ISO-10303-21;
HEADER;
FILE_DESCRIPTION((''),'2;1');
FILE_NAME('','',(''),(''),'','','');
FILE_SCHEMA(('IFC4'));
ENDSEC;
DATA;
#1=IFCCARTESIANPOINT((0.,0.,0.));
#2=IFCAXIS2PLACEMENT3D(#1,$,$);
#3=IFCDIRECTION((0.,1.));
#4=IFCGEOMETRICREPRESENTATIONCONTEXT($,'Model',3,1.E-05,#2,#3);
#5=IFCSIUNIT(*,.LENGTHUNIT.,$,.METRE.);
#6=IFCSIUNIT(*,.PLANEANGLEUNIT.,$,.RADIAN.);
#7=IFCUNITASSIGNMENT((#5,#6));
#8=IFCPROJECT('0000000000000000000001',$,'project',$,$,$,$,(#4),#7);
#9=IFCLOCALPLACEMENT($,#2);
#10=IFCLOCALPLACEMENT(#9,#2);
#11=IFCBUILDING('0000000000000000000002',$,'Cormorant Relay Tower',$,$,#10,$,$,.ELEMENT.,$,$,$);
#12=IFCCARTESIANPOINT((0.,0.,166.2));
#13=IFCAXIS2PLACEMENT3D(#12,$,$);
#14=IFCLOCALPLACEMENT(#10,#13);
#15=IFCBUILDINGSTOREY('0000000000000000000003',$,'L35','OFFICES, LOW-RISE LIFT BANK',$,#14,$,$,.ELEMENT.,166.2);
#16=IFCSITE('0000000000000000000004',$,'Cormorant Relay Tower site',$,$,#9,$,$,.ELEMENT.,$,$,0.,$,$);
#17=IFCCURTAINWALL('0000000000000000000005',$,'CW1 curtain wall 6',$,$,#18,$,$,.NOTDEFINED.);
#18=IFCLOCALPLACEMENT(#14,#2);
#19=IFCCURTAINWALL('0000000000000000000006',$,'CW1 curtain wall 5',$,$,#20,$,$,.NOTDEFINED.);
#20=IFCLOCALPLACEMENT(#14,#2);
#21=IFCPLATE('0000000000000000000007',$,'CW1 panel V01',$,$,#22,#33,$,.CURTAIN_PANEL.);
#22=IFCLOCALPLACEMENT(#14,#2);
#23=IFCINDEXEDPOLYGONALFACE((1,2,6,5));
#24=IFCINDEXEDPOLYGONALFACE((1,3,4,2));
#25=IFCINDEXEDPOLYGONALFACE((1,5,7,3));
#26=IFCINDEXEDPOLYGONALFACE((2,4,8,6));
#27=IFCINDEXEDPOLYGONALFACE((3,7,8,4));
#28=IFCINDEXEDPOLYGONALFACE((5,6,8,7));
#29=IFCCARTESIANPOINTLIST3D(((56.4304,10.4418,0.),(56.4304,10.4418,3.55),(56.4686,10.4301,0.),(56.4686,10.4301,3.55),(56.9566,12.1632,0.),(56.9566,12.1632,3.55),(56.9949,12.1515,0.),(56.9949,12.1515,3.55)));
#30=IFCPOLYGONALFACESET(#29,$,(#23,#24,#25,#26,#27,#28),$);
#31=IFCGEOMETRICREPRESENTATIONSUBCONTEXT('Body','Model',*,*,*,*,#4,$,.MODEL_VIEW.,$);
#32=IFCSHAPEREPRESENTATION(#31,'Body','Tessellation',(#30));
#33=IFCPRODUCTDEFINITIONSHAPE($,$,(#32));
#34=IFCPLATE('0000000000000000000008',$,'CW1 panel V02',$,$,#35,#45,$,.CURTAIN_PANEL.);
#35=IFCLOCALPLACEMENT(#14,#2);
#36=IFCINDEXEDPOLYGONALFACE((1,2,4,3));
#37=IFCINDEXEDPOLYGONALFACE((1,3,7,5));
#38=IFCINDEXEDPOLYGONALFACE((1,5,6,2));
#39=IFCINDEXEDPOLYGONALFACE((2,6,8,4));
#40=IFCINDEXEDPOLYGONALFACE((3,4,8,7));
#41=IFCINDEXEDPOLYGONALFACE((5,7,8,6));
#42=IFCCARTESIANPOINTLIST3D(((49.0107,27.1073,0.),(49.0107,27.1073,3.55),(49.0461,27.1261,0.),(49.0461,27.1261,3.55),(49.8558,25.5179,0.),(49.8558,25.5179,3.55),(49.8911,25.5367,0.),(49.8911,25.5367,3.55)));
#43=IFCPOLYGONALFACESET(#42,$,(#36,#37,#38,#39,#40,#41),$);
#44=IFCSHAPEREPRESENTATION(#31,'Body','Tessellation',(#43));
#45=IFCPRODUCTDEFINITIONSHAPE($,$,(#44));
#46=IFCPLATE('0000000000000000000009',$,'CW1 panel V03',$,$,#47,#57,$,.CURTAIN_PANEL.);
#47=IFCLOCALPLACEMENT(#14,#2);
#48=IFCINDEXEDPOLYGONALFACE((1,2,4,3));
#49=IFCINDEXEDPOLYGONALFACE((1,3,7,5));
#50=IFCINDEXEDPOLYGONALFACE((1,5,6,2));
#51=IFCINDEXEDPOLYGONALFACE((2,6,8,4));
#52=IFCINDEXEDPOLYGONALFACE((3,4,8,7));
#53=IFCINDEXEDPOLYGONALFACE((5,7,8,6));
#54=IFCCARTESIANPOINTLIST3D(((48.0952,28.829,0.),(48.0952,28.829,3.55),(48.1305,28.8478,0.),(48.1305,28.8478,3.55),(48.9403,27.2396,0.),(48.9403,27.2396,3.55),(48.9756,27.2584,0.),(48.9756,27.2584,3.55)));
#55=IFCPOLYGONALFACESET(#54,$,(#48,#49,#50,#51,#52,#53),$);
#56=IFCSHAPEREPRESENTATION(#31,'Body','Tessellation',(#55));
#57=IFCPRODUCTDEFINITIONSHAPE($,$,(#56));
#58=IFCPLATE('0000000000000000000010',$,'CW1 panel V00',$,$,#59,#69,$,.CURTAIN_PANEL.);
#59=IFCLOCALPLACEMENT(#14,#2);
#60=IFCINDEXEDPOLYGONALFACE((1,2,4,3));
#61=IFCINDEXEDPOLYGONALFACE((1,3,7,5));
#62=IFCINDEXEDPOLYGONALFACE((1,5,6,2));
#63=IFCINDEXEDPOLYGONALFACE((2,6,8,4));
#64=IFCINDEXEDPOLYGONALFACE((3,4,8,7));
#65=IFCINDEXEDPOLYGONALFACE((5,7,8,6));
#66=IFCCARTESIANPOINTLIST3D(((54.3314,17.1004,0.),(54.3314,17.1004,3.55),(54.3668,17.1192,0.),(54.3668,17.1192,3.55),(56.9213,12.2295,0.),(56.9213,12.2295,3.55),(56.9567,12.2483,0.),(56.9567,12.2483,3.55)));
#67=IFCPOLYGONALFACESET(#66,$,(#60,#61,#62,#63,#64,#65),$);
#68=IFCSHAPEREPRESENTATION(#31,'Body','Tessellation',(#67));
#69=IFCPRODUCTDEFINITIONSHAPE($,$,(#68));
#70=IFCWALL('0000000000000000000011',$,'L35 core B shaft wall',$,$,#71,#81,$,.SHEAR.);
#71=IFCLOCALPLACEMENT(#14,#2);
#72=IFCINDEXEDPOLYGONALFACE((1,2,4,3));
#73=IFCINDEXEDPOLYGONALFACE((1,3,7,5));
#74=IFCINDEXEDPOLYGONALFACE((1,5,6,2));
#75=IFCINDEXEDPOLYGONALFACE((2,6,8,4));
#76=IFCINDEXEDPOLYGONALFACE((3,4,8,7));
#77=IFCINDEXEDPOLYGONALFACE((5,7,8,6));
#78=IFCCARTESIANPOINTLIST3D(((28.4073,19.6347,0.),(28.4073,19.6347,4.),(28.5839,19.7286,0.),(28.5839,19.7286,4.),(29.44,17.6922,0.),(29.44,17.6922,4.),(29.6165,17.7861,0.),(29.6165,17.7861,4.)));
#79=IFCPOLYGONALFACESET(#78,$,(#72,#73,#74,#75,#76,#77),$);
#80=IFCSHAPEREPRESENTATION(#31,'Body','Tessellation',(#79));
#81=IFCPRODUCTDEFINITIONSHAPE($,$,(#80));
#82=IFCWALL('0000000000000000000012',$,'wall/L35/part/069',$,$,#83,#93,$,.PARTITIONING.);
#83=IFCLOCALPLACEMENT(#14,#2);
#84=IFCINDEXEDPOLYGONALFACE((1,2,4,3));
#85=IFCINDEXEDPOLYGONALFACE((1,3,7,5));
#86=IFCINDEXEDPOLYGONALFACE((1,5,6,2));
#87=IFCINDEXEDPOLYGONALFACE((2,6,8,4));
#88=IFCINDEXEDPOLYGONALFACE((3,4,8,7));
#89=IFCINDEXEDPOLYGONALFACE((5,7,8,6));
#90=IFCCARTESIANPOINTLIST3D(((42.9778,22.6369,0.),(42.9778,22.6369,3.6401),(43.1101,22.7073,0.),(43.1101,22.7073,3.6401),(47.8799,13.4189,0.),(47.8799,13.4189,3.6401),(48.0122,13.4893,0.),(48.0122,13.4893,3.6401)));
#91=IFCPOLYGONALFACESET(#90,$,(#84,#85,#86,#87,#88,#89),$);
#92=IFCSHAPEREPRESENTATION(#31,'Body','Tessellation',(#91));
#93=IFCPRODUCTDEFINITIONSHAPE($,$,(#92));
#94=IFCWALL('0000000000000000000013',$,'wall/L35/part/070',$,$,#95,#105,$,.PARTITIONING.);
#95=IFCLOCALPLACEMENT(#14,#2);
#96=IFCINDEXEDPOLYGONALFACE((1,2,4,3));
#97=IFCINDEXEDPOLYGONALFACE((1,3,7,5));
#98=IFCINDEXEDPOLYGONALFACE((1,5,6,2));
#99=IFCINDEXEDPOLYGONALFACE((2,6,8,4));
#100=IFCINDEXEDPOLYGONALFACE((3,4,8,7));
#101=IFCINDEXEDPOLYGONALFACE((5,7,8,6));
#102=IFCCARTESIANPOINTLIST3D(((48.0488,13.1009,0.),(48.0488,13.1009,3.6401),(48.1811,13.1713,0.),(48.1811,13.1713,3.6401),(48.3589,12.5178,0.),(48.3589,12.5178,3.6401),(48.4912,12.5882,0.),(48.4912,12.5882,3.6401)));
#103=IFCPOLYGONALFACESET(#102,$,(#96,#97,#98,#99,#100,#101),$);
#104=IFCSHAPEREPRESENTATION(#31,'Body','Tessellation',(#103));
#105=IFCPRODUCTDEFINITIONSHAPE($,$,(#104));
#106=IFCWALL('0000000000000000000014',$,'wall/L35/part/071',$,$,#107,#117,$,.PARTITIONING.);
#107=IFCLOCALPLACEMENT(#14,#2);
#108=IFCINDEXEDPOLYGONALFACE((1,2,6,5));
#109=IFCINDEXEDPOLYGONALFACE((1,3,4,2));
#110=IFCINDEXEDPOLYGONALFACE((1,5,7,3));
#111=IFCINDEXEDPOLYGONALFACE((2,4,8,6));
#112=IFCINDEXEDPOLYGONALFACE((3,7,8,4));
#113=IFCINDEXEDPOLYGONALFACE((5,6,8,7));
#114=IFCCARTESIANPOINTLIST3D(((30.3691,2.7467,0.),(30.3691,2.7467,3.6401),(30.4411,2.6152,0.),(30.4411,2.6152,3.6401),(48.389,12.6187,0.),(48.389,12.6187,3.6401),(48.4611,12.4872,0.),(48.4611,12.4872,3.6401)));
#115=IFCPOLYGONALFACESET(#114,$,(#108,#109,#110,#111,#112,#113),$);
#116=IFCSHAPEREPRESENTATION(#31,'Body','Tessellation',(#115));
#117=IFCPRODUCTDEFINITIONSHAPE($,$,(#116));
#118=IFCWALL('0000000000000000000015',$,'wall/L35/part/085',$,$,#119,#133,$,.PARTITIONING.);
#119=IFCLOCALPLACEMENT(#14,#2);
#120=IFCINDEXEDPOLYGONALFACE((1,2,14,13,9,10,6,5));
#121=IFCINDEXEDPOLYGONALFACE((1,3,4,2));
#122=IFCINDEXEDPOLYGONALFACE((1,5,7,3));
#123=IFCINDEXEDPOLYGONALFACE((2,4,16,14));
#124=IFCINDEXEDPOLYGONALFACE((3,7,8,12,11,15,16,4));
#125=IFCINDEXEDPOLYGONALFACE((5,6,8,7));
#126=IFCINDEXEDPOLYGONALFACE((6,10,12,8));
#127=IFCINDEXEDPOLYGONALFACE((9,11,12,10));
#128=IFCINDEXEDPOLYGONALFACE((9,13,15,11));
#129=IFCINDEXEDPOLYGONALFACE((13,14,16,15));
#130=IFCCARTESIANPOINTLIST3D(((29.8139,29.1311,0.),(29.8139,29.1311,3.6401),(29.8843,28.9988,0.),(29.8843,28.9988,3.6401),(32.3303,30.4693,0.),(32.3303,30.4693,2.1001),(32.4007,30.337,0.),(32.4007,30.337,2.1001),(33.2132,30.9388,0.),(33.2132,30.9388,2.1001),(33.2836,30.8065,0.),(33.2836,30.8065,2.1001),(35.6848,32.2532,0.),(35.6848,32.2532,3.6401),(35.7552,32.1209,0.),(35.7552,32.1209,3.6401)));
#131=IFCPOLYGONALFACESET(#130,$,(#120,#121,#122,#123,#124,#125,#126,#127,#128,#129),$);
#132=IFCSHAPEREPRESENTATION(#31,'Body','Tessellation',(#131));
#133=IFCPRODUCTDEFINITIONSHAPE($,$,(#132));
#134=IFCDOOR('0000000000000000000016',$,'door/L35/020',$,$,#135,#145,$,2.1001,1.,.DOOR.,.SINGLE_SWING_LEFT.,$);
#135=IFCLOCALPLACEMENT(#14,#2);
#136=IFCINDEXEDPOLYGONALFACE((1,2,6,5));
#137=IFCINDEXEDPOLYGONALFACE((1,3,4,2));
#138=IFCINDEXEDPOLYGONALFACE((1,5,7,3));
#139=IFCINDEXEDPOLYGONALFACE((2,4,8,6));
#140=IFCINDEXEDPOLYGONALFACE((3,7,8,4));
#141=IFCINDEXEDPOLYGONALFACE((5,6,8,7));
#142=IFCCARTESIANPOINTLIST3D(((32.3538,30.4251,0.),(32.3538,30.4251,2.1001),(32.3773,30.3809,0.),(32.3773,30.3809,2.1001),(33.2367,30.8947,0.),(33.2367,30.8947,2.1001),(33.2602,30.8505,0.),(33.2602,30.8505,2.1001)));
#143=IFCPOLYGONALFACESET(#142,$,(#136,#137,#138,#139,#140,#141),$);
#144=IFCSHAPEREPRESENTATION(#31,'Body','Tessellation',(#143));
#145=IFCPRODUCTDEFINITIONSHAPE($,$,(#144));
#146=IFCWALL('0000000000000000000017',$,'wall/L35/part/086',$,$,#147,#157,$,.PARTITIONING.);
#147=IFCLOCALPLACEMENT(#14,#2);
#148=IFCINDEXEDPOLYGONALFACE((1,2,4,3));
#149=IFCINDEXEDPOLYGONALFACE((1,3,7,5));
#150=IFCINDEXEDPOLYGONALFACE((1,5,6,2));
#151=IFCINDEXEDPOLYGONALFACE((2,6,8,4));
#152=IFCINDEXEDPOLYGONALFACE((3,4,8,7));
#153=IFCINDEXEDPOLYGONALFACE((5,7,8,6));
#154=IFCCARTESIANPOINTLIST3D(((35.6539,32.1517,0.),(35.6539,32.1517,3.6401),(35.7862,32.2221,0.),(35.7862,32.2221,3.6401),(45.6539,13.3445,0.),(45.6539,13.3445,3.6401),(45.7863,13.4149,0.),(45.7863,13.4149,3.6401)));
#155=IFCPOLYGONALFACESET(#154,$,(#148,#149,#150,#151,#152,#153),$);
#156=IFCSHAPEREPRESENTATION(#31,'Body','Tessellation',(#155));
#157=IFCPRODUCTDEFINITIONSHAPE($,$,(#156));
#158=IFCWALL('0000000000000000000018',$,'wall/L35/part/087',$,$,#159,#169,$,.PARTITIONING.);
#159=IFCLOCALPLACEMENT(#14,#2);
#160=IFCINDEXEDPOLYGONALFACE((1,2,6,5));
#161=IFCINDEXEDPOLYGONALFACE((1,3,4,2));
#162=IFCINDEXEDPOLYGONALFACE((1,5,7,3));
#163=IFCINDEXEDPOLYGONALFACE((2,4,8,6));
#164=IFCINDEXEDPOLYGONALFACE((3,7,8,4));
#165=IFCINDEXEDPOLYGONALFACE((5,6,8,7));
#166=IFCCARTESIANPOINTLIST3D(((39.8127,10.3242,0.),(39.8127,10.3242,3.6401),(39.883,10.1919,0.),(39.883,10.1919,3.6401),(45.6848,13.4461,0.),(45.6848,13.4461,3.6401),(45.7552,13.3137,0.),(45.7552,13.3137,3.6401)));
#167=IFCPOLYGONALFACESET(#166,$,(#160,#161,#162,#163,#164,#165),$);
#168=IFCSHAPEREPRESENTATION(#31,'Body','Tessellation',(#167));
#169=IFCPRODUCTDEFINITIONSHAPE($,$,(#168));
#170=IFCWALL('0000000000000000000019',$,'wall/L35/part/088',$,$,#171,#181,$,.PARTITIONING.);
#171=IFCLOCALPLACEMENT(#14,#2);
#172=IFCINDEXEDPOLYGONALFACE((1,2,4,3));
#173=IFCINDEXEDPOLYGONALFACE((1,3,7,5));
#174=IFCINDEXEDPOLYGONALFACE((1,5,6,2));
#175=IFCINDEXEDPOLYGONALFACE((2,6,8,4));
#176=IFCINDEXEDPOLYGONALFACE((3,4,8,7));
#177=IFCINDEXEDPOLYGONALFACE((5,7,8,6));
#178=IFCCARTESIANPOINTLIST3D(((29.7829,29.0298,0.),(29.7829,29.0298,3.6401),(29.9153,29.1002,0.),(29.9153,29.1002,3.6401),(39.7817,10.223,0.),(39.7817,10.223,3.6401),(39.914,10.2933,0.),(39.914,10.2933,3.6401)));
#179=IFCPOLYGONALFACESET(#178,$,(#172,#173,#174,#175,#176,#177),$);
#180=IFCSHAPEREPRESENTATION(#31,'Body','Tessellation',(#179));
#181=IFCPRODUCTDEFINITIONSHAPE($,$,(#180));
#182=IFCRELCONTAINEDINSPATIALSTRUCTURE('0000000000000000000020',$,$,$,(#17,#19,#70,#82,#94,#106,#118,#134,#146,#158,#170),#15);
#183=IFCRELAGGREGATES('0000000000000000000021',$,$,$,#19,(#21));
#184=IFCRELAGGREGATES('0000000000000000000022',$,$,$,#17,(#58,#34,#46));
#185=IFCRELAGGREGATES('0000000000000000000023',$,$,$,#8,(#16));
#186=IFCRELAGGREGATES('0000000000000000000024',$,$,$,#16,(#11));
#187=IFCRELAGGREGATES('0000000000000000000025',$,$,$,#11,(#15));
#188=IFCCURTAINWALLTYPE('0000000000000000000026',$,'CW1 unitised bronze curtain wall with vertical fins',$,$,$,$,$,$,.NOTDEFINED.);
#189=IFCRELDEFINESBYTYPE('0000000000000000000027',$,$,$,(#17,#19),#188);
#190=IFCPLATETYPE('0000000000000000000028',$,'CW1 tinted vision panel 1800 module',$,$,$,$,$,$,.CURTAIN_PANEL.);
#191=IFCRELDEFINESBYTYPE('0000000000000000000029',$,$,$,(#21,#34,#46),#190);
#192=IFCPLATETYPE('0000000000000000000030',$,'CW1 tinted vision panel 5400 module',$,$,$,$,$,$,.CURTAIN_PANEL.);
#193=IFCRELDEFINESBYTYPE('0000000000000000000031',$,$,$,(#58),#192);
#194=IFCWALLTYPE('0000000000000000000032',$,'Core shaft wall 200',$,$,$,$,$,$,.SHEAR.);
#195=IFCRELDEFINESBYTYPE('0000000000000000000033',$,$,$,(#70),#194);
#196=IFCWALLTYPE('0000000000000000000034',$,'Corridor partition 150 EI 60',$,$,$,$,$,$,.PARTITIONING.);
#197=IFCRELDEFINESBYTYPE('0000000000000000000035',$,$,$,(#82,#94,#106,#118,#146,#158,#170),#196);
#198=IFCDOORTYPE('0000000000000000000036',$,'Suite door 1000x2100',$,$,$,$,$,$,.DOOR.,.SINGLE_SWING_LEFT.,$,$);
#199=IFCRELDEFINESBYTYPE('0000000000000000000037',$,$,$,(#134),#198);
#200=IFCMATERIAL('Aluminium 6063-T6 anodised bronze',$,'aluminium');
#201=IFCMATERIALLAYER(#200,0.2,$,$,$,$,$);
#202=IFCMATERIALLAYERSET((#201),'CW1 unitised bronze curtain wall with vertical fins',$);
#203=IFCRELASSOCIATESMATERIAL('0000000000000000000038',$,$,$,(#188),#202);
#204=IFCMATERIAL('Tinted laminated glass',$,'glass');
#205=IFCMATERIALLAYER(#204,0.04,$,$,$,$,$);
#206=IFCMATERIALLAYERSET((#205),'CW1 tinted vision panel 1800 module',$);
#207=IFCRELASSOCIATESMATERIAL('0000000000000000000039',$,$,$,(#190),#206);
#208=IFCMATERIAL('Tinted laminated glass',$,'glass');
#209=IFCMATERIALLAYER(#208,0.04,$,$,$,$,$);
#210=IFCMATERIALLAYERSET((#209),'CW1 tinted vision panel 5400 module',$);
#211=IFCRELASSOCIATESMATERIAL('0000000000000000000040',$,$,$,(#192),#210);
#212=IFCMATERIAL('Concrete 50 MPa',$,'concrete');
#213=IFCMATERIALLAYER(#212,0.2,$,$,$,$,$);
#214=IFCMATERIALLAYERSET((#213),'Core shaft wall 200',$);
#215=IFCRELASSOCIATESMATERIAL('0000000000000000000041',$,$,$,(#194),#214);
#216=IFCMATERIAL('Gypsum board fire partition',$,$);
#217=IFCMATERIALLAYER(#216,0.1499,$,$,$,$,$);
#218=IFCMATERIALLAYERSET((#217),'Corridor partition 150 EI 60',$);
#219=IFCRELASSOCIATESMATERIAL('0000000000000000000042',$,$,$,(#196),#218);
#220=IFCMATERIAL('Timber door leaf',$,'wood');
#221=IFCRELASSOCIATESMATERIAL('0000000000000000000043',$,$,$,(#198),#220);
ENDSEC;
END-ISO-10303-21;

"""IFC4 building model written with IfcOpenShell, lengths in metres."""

from ifc_helpers import new_model, si_unit, direction, frame, frame_2d, origin, origin_2d, place, context, subcontext, project, spatial, rectangle, extrude, material, layer, layer_set, type_object, element, fill, aggregate, save


model = new_model("IFC4")

# Units and contexts
model_context = context("Model", 3, precision=1e-05, world=origin(), true_north=direction((0.0, 1.0)))
body_context = subcontext(model_context, "Body", "Model", "MODEL_VIEW")
ifc_project = project(units=[si_unit("LENGTHUNIT", "METRE"), si_unit("PLANEANGLEUNIT", "RADIAN")], contexts=[model_context])

# Site, building, storey
site_placement = place(None, origin())
site = spatial("IfcSite", under=ifc_project, at=site_placement, Name="Cormorant Relay Tower site", CompositionType="ELEMENT", RefElevation=0.0)
building_placement = place(site_placement, origin())
building = spatial("IfcBuilding", under=site, at=building_placement, Name="Cormorant Relay Tower", CompositionType="ELEMENT")
storey_placement = place(building_placement, frame((0.0, 0.0, 166.2)))
storey = spatial("IfcBuildingStorey", under=building, at=storey_placement, Name="L35", Description="OFFICES, LOW-RISE LIFT BANK", CompositionType="ELEMENT", Elevation=166.2)

# Curtain wall
ifc_material_1 = material(Name="Aluminium 6063-T6 anodised bronze", Category="aluminium")
ifc_layer_1 = layer(ifc_material_1, 0.2)
ifc_layer_set_1 = layer_set([ifc_layer_1], Name="CW1 unitised bronze curtain wall with vertical fins")
curtain_wall_type = type_object("IfcCurtainWallType", Name="CW1 unitised bronze curtain wall with vertical fins", PredefinedType="NOTDEFINED", material=ifc_layer_set_1)
curtain_wall_1_placement = place(storey_placement, origin())
curtain_wall_1 = element("IfcCurtainWall", 1, at=curtain_wall_1_placement, inside=storey, type_object=curtain_wall_type, Name="CW1 curtain wall 6", PredefinedType="NOTDEFINED")

# Curtain wall, plate
curtain_wall_2_placement = place(storey_placement, origin())
curtain_wall_2 = element("IfcCurtainWall", 2, at=curtain_wall_2_placement, inside=storey, type_object=curtain_wall_type, Name="CW1 curtain wall 5", PredefinedType="NOTDEFINED")
ifc_material_2 = material(Name="Tinted laminated glass", Category="glass")
ifc_layer_2 = layer(ifc_material_2, 0.04)
ifc_layer_set_2 = layer_set([ifc_layer_2], Name="CW1 tinted vision panel 1800 module")
plate_type_1 = type_object("IfcPlateType", Name="CW1 tinted vision panel 1800 module", PredefinedType="CURTAIN_PANEL", material=ifc_layer_set_2)
plate_1_placement = place(storey_placement, frame((56.7126, 11.2966, 0.0), z_axis=(0.0, 0.0, 1.0), x_axis=(0.292372, 0.956305, 0.0)))
plate_1 = element("IfcPlate", 3, at=plate_1_placement, type_object=plate_type_1, Name="CW1 panel V01", PredefinedType="CURTAIN_PANEL", context=body_context, shape_type="SweptSolid", body=[
    extrude(rectangle(XDim=1.8, YDim=0.04, at=origin_2d()), origin(), (0.0, 0.0, 1.0), 3.55),
])
aggregate(curtain_wall_2, [plate_1])

# Plates
plate_2_placement = place(storey_placement, frame((49.4509, 26.322, 0.0), z_axis=(0.0, 0.0, 1.0), x_axis=(-0.469472, 0.882948, 0.0)))
plate_2 = element("IfcPlate", 4, at=plate_2_placement, type_object=plate_type_1, Name="CW1 panel V02", PredefinedType="CURTAIN_PANEL", context=body_context, shape_type="SweptSolid", body=[
    extrude(rectangle(XDim=1.8, YDim=0.04, at=origin_2d()), origin(), (0.0, 0.0, 1.0), 3.55),
])
plate_3_placement = place(storey_placement, frame((48.5354, 28.0437, 0.0), z_axis=(0.0, 0.0, 1.0), x_axis=(-0.469472, 0.882948, 0.0)))
plate_3 = element("IfcPlate", 5, at=plate_3_placement, type_object=plate_type_1, Name="CW1 panel V03", PredefinedType="CURTAIN_PANEL", context=body_context, shape_type="SweptSolid", body=[
    extrude(rectangle(XDim=1.8, YDim=0.04, at=origin_2d()), origin(), (0.0, 0.0, 1.0), 3.55),
])
ifc_material_3 = material(Name="Tinted laminated glass", Category="glass")
ifc_layer_3 = layer(ifc_material_3, 0.04)
ifc_layer_set_3 = layer_set([ifc_layer_3], Name="CW1 tinted vision panel 5400 module")
plate_type_2 = type_object("IfcPlateType", Name="CW1 tinted vision panel 5400 module", PredefinedType="CURTAIN_PANEL", material=ifc_layer_set_3)
plate_4_placement = place(storey_placement, frame((55.644, 14.6743, 0.0), z_axis=(0.0, 0.0, 1.0), x_axis=(-0.469472, 0.882948, 0.0)))
plate_4 = element("IfcPlate", 6, at=plate_4_placement, type_object=plate_type_2, Name="CW1 panel V00", PredefinedType="CURTAIN_PANEL", context=body_context, shape_type="SweptSolid", body=[
    extrude(rectangle(XDim=5.5166, YDim=0.04, at=origin_2d()), origin(), (0.0, 0.0, 1.0), 3.55),
])

# Wall
ifc_material_4 = material(Name="Concrete 50 MPa", Category="concrete")
ifc_layer_4 = layer(ifc_material_4, 0.2)
ifc_layer_set_4 = layer_set([ifc_layer_4], Name="Core shaft wall 200")
wall_type_1 = type_object("IfcWallType", Name="Core shaft wall 200", PredefinedType="SHEAR", material=ifc_layer_set_4)
wall_1_placement = place(storey_placement, frame((29.5283, 17.739, 0.0), z_axis=(0.0, 0.0, 1.0), x_axis=(-0.469401, 0.882985, 0.0)))
element("IfcWall", 7, at=wall_1_placement, inside=storey, type_object=wall_type_1, Name="L35 core B shaft wall", PredefinedType="SHEAR", context=body_context, shape_type="SweptSolid", body=[
    extrude(rectangle(XDim=2.2, YDim=0.2, at=frame_2d((1.1001, 0.0))), origin(), (0.0, 0.0, 1.0), 4.0),
])

# Walls
ifc_material_5 = material(Name="Gypsum board fire partition")
ifc_layer_5 = layer(ifc_material_5, 0.1499)
ifc_layer_set_5 = layer_set([ifc_layer_5], Name="Corridor partition 150 EI 60")
wall_type_2 = type_object("IfcWallType", Name="Corridor partition 150 EI 60", PredefinedType="PARTITIONING", material=ifc_layer_set_5)
wall_2_placement = place(storey_placement, frame((43.0439, 22.6721, 0.0), z_axis=(0.0, 0.0, 1.0), x_axis=(0.469531, -0.882916, 0.0)))
element("IfcWall", 8, at=wall_2_placement, inside=storey, type_object=wall_type_2, Name="wall/L35/part/069", PredefinedType="PARTITIONING", context=body_context, shape_type="SweptSolid", body=[
    extrude(rectangle(XDim=10.4404, YDim=0.1499, at=frame_2d((5.2202, 0.0))), origin(), (0.0, 0.0, 1.0), 3.6401),
])
wall_3_placement = place(storey_placement, frame((48.115, 13.136, 0.0), z_axis=(0.0, 0.0, 1.0), x_axis=(0.469552, -0.882905, 0.0)))
element("IfcWall", 9, at=wall_3_placement, inside=storey, type_object=wall_type_2, Name="wall/L35/part/070", PredefinedType="PARTITIONING", context=body_context, shape_type="SweptSolid", body=[
    extrude(rectangle(XDim=0.6604, YDim=0.1499, at=frame_2d((0.3301, 0.0))), origin(), (0.0, 0.0, 1.0), 3.6401),
])
wall_4_placement = place(storey_placement, frame((48.425, 12.553, 0.0), z_axis=(0.0, 0.0, 1.0), x_axis=(-0.877015, -0.480463, 0.0)))
element("IfcWall", 10, at=wall_4_placement, inside=storey, type_object=wall_type_2, Name="wall/L35/part/071", PredefinedType="PARTITIONING", context=body_context, shape_type="SweptSolid", body=[
    extrude(rectangle(XDim=20.5469, YDim=0.1499, at=frame_2d((10.2734, 0.0))), origin(), (0.0, 0.0, 1.0), 3.6401),
])

# Wall, opening, door
wall_5_placement = place(storey_placement, frame((29.8491, 29.0649, 0.0), z_axis=(0.0, 0.0, 1.0), x_axis=(0.882917, 0.469528, 0.0)))
wall_5 = element("IfcWall", 11, at=wall_5_placement, inside=storey, type_object=wall_type_2, Name="wall/L35/part/085", PredefinedType="PARTITIONING", context=body_context, shape_type="SweptSolid", body=[
    extrude(rectangle(XDim=6.6494, YDim=0.1499, at=frame_2d((3.3247, 0.0))), origin(), (0.0, 0.0, 1.0), 3.6401),
])
opening_1_placement = place(wall_5_placement, frame((2.8501, 0.0, 0.0)))
opening_1 = element("IfcOpeningElement", 12, at=opening_1_placement, cuts=wall_5, PredefinedType="OPENING", context=body_context, shape_type="SweptSolid", body=[
    extrude(rectangle(XDim=1.0, YDim=2.1001, at=frame_2d((0.5, 1.05))), frame((0.0, 0.085, 0.0), z_axis=(0.0, -1.0, 0.0), x_axis=(1.0, 0.0, 0.0)), (0.0, 0.0, 1.0), 0.1699),
])
ifc_material_6 = material(Name="Timber door leaf", Category="wood")
door_type_1 = type_object("IfcDoorType", Name="Suite door 1000x2100", OperationType="SINGLE_SWING_LEFT", PredefinedType="DOOR", material=ifc_material_6)
door_1_placement = place(opening_1_placement, origin())
door_1 = element("IfcDoor", 13, at=door_1_placement, inside=storey, type_object=door_type_1, Name="door/L35/020", OperationType="SINGLE_SWING_LEFT", OverallHeight=2.1001, OverallWidth=1.0, PredefinedType="DOOR", context=body_context, shape_type="SweptSolid", body=[
    extrude(rectangle(XDim=1.0, YDim=2.1001, at=frame_2d((0.5, 1.05))), frame((0.0, 0.0249, 0.0), z_axis=(0.0, -1.0, 0.0), x_axis=(1.0, 0.0, 0.0)), (0.0, 0.0, 1.0), 0.05),
])
fill(opening_1, door_1)

# Walls
wall_6_placement = place(storey_placement, frame((35.72, 32.187, 0.0), z_axis=(0.0, 0.0, 1.0), x_axis=(0.469474, -0.882946, 0.0)))
element("IfcWall", 14, at=wall_6_placement, inside=storey, type_object=wall_type_2, Name="wall/L35/part/086", PredefinedType="PARTITIONING", context=body_context, shape_type="SweptSolid", body=[
    extrude(rectangle(XDim=21.3005, YDim=0.1499, at=frame_2d((10.6504, 0.0))), origin(), (0.0, 0.0, 1.0), 3.6401),
])
wall_7_placement = place(storey_placement, frame((45.72, 13.3799, 0.0), z_axis=(0.0, 0.0, 1.0), x_axis=(-0.882973, -0.469424, 0.0)))
element("IfcWall", 15, at=wall_7_placement, inside=storey, type_object=wall_type_2, Name="wall/L35/part/087", PredefinedType="PARTITIONING", context=body_context, shape_type="SweptSolid", body=[
    extrude(rectangle(XDim=6.6504, YDim=0.1499, at=frame_2d((3.3252, 0.0))), origin(), (0.0, 0.0, 1.0), 3.6401),
])
wall_8_placement = place(storey_placement, frame((39.8479, 10.2581, 0.0), z_axis=(0.0, 0.0, 1.0), x_axis=(-0.469434, 0.882967, 0.0)))
element("IfcWall", 16, at=wall_8_placement, inside=storey, type_object=wall_type_2, Name="wall/L35/part/088", PredefinedType="PARTITIONING", context=body_context, shape_type="SweptSolid", body=[
    extrude(rectangle(XDim=21.2996, YDim=0.1499, at=frame_2d((10.6499, 0.0))), origin(), (0.0, 0.0, 1.0), 3.6401),
])

aggregate(curtain_wall_1, [plate_4, plate_2, plate_3])

save(model, "model.ifc")
